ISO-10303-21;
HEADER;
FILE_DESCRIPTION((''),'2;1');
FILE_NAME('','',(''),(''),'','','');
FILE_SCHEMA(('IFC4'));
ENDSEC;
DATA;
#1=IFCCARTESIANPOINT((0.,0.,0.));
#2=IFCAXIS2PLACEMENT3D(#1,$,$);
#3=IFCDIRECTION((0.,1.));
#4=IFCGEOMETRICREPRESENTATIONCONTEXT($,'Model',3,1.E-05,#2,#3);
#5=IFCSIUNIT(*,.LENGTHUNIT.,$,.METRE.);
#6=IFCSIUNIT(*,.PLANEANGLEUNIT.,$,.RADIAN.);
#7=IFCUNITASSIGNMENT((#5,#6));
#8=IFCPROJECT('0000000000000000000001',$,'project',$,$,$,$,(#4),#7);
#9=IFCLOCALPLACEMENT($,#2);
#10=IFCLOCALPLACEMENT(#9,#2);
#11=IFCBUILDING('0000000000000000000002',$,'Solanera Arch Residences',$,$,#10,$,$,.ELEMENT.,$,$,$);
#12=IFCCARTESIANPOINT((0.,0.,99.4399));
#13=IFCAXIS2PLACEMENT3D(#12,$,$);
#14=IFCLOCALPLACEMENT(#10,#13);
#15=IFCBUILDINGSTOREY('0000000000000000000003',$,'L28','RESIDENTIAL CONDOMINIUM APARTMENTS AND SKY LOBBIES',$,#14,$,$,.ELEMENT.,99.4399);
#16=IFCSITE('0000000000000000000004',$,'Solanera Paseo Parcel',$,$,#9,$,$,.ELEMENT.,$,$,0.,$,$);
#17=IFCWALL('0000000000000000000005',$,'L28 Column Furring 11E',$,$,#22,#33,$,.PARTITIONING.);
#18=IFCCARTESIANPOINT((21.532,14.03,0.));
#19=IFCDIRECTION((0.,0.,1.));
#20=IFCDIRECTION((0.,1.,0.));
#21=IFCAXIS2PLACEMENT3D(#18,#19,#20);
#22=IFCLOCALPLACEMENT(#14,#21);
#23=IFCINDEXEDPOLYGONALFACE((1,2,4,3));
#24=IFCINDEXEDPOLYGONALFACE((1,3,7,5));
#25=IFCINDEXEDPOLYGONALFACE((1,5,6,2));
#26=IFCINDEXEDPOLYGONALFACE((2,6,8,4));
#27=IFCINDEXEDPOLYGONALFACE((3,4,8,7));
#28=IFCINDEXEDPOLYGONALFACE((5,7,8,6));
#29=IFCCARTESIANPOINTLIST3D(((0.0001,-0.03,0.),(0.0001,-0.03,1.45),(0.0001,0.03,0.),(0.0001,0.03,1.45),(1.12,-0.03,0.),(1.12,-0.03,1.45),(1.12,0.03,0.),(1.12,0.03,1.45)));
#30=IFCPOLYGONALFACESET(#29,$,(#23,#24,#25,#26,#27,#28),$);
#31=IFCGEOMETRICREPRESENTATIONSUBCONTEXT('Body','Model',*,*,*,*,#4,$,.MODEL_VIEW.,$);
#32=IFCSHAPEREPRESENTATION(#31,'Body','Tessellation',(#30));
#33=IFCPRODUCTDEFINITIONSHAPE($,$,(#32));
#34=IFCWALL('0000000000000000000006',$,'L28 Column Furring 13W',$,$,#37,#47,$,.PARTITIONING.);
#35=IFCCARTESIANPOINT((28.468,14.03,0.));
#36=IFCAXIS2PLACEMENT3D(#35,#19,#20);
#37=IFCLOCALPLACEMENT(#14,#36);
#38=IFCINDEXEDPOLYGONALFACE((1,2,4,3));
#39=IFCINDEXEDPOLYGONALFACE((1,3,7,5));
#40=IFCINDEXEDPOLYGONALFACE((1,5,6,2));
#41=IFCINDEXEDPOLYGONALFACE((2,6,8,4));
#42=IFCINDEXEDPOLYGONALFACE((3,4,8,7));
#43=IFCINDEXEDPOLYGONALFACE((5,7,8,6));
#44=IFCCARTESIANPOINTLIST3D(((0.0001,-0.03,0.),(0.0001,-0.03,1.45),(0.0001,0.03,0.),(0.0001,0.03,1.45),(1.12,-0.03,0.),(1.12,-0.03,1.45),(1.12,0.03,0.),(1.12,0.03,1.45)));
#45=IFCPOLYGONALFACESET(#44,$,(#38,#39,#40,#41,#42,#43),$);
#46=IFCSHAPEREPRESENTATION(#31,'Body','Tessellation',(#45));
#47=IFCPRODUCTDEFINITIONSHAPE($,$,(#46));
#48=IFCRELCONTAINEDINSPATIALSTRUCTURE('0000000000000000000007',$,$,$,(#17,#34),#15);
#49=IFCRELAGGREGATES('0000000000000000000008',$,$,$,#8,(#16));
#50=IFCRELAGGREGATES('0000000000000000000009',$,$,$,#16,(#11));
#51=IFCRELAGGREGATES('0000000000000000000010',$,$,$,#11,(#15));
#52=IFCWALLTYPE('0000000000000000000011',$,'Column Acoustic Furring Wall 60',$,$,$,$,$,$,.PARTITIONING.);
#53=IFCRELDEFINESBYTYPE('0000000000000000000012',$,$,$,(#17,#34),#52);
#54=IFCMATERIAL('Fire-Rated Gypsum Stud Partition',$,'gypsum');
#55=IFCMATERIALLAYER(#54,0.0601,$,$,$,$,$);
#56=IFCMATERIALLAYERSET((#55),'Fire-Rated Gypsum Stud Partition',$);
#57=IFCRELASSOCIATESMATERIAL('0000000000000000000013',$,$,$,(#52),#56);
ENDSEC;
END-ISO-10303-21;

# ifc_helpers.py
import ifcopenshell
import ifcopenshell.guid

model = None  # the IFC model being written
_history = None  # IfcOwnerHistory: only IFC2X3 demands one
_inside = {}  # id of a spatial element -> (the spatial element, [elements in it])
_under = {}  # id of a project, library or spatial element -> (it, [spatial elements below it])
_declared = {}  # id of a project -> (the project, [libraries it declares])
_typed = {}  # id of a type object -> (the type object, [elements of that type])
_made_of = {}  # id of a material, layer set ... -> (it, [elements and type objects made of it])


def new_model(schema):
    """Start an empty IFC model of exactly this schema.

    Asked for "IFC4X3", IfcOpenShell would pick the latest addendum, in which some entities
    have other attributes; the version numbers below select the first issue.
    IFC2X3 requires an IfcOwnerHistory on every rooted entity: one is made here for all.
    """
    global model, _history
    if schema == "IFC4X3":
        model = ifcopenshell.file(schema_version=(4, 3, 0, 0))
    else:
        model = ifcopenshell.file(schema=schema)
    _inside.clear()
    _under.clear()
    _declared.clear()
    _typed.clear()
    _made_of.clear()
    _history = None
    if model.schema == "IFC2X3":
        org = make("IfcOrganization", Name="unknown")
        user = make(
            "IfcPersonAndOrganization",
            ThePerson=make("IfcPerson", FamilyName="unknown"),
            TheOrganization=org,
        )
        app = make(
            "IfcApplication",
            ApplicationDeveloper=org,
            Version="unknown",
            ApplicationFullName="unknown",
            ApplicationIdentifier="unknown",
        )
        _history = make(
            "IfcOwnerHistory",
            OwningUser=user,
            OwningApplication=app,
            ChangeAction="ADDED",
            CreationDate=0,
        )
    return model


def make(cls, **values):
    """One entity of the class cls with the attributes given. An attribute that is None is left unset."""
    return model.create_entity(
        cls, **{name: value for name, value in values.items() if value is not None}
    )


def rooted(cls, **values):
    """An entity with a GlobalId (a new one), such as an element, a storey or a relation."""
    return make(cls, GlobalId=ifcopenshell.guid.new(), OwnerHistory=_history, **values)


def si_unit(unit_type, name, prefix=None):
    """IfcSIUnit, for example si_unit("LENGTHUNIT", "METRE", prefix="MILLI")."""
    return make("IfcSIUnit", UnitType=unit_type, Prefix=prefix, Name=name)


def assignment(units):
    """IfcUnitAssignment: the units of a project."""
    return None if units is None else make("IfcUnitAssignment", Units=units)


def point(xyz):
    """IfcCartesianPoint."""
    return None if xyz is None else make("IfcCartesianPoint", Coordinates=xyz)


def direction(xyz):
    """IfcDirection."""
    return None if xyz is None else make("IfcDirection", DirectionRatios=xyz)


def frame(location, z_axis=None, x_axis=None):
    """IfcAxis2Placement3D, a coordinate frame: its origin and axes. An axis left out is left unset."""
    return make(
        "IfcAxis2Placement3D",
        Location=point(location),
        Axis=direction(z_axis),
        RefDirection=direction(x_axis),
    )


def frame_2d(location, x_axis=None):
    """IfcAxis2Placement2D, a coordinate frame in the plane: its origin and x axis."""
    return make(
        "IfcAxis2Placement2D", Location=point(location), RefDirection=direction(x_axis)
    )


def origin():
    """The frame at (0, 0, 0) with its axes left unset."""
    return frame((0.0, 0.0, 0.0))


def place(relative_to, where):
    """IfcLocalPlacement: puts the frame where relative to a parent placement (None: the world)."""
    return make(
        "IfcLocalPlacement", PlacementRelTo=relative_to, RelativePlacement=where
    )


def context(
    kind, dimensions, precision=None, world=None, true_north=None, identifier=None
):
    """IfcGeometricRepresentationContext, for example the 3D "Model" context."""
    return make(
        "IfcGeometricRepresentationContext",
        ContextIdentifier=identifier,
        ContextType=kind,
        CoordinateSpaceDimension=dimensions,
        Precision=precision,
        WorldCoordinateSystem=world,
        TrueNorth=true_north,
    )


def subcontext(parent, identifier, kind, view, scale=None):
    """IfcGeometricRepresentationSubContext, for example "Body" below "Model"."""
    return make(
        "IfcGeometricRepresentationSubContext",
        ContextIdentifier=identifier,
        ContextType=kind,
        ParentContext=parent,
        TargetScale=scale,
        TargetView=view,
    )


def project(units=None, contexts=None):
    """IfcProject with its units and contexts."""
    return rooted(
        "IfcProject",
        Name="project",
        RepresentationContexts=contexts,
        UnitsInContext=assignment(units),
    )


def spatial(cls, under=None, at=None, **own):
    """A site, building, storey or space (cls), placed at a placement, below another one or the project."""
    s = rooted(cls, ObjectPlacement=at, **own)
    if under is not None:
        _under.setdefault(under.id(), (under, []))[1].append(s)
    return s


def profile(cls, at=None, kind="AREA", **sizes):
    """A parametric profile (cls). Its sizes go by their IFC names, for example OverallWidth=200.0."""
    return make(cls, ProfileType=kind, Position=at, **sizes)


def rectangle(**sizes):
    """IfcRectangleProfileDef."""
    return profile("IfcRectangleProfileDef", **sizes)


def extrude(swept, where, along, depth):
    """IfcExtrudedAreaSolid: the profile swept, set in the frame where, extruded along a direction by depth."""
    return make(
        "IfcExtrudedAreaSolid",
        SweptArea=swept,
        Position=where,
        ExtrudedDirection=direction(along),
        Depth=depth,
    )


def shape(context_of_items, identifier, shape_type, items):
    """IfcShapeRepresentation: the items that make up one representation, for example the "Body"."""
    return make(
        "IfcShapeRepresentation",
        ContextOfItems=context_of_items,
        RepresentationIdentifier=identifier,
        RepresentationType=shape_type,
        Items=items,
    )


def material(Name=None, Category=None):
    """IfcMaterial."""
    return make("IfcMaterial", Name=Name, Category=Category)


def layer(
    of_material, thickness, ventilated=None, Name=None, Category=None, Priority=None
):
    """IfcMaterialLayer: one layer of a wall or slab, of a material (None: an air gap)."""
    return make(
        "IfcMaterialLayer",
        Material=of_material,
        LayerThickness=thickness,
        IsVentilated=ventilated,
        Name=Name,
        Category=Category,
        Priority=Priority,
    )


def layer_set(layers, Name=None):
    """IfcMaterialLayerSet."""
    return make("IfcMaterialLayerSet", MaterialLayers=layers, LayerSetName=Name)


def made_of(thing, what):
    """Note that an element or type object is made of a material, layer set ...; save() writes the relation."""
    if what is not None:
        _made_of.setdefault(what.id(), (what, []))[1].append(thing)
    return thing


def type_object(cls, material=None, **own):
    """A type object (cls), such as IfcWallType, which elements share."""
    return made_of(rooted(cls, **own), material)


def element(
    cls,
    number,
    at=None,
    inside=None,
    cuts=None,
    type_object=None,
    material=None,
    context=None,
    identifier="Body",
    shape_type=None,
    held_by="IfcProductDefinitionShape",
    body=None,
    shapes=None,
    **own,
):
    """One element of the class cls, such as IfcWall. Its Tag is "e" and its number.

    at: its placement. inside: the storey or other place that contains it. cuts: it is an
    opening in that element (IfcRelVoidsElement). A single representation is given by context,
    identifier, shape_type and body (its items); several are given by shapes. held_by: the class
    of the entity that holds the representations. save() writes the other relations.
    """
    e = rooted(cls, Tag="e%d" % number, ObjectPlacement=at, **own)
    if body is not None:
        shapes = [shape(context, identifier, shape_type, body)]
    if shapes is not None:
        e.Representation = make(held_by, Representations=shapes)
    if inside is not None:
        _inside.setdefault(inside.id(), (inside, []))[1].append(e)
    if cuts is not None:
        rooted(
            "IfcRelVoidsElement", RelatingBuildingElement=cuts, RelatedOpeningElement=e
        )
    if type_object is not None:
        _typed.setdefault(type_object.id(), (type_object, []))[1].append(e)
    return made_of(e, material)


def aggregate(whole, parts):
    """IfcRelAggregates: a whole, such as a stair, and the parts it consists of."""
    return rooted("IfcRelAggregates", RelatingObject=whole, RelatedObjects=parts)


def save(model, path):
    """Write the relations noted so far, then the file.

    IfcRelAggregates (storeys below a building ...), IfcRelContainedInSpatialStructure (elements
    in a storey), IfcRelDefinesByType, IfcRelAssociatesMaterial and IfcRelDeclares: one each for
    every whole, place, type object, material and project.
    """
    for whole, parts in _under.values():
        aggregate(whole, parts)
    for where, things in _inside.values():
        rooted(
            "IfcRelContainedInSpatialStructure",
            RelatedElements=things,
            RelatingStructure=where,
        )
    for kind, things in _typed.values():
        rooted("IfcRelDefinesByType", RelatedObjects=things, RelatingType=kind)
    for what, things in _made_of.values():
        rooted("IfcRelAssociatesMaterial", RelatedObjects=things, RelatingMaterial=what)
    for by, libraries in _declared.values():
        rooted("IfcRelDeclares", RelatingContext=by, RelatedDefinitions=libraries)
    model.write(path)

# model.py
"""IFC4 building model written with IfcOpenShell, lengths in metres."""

from ifc_helpers import new_model, si_unit, direction, frame, frame_2d, origin, place, context, subcontext, project, spatial, rectangle, extrude, material, layer, layer_set, type_object, element, save


model = new_model("IFC4")

# Units and contexts
model_context = context("Model", 3, precision=1e-05, world=origin(), true_north=direction((0.0, 1.0)))
body_context = subcontext(model_context, "Body", "Model", "MODEL_VIEW")
ifc_project = project(units=[si_unit("LENGTHUNIT", "METRE"), si_unit("PLANEANGLEUNIT", "RADIAN")], contexts=[model_context])

# Site, building, storey
site_placement = place(None, origin())
site = spatial("IfcSite", under=ifc_project, at=site_placement, Name="Solanera Paseo Parcel", CompositionType="ELEMENT", RefElevation=0.0)
building_placement = place(site_placement, origin())
building = spatial("IfcBuilding", under=site, at=building_placement, Name="Solanera Arch Residences", CompositionType="ELEMENT")
storey_placement = place(building_placement, frame((0.0, 0.0, 99.4399)))
storey = spatial("IfcBuildingStorey", under=building, at=storey_placement, Name="L28", Description="RESIDENTIAL CONDOMINIUM APARTMENTS AND SKY LOBBIES", CompositionType="ELEMENT", Elevation=99.4399)

# Walls
ifc_material_1 = material(Name="Fire-Rated Gypsum Stud Partition", Category="gypsum")
ifc_layer_1 = layer(ifc_material_1, 0.0601)
ifc_layer_set_1 = layer_set([ifc_layer_1], Name="Fire-Rated Gypsum Stud Partition")
wall_type_1 = type_object("IfcWallType", Name="Column Acoustic Furring Wall 60", PredefinedType="PARTITIONING", material=ifc_layer_set_1)
wall_1_placement = place(storey_placement, frame((21.532, 14.03, 0.0), z_axis=(0.0, 0.0, 1.0), x_axis=(0.0, 1.0, 0.0)))
element("IfcWall", 1, at=wall_1_placement, inside=storey, type_object=wall_type_1, Name="L28 Column Furring 11E", PredefinedType="PARTITIONING", context=body_context, shape_type="SweptSolid", body=[
    extrude(rectangle(XDim=1.1199, YDim=0.0601, at=frame_2d((0.5601, 0.0))), origin(), (0.0, 0.0, 1.0), 1.45),
])
wall_2_placement = place(storey_placement, frame((28.468, 14.03, 0.0), z_axis=(0.0, 0.0, 1.0), x_axis=(0.0, 1.0, 0.0)))
element("IfcWall", 2, at=wall_2_placement, inside=storey, type_object=wall_type_1, Name="L28 Column Furring 13W", PredefinedType="PARTITIONING", context=body_context, shape_type="SweptSolid", body=[
    extrude(rectangle(XDim=1.1199, YDim=0.0601, at=frame_2d((0.5601, 0.0))), origin(), (0.0, 0.0, 1.0), 1.45),
])

save(model, "model.ifc")
